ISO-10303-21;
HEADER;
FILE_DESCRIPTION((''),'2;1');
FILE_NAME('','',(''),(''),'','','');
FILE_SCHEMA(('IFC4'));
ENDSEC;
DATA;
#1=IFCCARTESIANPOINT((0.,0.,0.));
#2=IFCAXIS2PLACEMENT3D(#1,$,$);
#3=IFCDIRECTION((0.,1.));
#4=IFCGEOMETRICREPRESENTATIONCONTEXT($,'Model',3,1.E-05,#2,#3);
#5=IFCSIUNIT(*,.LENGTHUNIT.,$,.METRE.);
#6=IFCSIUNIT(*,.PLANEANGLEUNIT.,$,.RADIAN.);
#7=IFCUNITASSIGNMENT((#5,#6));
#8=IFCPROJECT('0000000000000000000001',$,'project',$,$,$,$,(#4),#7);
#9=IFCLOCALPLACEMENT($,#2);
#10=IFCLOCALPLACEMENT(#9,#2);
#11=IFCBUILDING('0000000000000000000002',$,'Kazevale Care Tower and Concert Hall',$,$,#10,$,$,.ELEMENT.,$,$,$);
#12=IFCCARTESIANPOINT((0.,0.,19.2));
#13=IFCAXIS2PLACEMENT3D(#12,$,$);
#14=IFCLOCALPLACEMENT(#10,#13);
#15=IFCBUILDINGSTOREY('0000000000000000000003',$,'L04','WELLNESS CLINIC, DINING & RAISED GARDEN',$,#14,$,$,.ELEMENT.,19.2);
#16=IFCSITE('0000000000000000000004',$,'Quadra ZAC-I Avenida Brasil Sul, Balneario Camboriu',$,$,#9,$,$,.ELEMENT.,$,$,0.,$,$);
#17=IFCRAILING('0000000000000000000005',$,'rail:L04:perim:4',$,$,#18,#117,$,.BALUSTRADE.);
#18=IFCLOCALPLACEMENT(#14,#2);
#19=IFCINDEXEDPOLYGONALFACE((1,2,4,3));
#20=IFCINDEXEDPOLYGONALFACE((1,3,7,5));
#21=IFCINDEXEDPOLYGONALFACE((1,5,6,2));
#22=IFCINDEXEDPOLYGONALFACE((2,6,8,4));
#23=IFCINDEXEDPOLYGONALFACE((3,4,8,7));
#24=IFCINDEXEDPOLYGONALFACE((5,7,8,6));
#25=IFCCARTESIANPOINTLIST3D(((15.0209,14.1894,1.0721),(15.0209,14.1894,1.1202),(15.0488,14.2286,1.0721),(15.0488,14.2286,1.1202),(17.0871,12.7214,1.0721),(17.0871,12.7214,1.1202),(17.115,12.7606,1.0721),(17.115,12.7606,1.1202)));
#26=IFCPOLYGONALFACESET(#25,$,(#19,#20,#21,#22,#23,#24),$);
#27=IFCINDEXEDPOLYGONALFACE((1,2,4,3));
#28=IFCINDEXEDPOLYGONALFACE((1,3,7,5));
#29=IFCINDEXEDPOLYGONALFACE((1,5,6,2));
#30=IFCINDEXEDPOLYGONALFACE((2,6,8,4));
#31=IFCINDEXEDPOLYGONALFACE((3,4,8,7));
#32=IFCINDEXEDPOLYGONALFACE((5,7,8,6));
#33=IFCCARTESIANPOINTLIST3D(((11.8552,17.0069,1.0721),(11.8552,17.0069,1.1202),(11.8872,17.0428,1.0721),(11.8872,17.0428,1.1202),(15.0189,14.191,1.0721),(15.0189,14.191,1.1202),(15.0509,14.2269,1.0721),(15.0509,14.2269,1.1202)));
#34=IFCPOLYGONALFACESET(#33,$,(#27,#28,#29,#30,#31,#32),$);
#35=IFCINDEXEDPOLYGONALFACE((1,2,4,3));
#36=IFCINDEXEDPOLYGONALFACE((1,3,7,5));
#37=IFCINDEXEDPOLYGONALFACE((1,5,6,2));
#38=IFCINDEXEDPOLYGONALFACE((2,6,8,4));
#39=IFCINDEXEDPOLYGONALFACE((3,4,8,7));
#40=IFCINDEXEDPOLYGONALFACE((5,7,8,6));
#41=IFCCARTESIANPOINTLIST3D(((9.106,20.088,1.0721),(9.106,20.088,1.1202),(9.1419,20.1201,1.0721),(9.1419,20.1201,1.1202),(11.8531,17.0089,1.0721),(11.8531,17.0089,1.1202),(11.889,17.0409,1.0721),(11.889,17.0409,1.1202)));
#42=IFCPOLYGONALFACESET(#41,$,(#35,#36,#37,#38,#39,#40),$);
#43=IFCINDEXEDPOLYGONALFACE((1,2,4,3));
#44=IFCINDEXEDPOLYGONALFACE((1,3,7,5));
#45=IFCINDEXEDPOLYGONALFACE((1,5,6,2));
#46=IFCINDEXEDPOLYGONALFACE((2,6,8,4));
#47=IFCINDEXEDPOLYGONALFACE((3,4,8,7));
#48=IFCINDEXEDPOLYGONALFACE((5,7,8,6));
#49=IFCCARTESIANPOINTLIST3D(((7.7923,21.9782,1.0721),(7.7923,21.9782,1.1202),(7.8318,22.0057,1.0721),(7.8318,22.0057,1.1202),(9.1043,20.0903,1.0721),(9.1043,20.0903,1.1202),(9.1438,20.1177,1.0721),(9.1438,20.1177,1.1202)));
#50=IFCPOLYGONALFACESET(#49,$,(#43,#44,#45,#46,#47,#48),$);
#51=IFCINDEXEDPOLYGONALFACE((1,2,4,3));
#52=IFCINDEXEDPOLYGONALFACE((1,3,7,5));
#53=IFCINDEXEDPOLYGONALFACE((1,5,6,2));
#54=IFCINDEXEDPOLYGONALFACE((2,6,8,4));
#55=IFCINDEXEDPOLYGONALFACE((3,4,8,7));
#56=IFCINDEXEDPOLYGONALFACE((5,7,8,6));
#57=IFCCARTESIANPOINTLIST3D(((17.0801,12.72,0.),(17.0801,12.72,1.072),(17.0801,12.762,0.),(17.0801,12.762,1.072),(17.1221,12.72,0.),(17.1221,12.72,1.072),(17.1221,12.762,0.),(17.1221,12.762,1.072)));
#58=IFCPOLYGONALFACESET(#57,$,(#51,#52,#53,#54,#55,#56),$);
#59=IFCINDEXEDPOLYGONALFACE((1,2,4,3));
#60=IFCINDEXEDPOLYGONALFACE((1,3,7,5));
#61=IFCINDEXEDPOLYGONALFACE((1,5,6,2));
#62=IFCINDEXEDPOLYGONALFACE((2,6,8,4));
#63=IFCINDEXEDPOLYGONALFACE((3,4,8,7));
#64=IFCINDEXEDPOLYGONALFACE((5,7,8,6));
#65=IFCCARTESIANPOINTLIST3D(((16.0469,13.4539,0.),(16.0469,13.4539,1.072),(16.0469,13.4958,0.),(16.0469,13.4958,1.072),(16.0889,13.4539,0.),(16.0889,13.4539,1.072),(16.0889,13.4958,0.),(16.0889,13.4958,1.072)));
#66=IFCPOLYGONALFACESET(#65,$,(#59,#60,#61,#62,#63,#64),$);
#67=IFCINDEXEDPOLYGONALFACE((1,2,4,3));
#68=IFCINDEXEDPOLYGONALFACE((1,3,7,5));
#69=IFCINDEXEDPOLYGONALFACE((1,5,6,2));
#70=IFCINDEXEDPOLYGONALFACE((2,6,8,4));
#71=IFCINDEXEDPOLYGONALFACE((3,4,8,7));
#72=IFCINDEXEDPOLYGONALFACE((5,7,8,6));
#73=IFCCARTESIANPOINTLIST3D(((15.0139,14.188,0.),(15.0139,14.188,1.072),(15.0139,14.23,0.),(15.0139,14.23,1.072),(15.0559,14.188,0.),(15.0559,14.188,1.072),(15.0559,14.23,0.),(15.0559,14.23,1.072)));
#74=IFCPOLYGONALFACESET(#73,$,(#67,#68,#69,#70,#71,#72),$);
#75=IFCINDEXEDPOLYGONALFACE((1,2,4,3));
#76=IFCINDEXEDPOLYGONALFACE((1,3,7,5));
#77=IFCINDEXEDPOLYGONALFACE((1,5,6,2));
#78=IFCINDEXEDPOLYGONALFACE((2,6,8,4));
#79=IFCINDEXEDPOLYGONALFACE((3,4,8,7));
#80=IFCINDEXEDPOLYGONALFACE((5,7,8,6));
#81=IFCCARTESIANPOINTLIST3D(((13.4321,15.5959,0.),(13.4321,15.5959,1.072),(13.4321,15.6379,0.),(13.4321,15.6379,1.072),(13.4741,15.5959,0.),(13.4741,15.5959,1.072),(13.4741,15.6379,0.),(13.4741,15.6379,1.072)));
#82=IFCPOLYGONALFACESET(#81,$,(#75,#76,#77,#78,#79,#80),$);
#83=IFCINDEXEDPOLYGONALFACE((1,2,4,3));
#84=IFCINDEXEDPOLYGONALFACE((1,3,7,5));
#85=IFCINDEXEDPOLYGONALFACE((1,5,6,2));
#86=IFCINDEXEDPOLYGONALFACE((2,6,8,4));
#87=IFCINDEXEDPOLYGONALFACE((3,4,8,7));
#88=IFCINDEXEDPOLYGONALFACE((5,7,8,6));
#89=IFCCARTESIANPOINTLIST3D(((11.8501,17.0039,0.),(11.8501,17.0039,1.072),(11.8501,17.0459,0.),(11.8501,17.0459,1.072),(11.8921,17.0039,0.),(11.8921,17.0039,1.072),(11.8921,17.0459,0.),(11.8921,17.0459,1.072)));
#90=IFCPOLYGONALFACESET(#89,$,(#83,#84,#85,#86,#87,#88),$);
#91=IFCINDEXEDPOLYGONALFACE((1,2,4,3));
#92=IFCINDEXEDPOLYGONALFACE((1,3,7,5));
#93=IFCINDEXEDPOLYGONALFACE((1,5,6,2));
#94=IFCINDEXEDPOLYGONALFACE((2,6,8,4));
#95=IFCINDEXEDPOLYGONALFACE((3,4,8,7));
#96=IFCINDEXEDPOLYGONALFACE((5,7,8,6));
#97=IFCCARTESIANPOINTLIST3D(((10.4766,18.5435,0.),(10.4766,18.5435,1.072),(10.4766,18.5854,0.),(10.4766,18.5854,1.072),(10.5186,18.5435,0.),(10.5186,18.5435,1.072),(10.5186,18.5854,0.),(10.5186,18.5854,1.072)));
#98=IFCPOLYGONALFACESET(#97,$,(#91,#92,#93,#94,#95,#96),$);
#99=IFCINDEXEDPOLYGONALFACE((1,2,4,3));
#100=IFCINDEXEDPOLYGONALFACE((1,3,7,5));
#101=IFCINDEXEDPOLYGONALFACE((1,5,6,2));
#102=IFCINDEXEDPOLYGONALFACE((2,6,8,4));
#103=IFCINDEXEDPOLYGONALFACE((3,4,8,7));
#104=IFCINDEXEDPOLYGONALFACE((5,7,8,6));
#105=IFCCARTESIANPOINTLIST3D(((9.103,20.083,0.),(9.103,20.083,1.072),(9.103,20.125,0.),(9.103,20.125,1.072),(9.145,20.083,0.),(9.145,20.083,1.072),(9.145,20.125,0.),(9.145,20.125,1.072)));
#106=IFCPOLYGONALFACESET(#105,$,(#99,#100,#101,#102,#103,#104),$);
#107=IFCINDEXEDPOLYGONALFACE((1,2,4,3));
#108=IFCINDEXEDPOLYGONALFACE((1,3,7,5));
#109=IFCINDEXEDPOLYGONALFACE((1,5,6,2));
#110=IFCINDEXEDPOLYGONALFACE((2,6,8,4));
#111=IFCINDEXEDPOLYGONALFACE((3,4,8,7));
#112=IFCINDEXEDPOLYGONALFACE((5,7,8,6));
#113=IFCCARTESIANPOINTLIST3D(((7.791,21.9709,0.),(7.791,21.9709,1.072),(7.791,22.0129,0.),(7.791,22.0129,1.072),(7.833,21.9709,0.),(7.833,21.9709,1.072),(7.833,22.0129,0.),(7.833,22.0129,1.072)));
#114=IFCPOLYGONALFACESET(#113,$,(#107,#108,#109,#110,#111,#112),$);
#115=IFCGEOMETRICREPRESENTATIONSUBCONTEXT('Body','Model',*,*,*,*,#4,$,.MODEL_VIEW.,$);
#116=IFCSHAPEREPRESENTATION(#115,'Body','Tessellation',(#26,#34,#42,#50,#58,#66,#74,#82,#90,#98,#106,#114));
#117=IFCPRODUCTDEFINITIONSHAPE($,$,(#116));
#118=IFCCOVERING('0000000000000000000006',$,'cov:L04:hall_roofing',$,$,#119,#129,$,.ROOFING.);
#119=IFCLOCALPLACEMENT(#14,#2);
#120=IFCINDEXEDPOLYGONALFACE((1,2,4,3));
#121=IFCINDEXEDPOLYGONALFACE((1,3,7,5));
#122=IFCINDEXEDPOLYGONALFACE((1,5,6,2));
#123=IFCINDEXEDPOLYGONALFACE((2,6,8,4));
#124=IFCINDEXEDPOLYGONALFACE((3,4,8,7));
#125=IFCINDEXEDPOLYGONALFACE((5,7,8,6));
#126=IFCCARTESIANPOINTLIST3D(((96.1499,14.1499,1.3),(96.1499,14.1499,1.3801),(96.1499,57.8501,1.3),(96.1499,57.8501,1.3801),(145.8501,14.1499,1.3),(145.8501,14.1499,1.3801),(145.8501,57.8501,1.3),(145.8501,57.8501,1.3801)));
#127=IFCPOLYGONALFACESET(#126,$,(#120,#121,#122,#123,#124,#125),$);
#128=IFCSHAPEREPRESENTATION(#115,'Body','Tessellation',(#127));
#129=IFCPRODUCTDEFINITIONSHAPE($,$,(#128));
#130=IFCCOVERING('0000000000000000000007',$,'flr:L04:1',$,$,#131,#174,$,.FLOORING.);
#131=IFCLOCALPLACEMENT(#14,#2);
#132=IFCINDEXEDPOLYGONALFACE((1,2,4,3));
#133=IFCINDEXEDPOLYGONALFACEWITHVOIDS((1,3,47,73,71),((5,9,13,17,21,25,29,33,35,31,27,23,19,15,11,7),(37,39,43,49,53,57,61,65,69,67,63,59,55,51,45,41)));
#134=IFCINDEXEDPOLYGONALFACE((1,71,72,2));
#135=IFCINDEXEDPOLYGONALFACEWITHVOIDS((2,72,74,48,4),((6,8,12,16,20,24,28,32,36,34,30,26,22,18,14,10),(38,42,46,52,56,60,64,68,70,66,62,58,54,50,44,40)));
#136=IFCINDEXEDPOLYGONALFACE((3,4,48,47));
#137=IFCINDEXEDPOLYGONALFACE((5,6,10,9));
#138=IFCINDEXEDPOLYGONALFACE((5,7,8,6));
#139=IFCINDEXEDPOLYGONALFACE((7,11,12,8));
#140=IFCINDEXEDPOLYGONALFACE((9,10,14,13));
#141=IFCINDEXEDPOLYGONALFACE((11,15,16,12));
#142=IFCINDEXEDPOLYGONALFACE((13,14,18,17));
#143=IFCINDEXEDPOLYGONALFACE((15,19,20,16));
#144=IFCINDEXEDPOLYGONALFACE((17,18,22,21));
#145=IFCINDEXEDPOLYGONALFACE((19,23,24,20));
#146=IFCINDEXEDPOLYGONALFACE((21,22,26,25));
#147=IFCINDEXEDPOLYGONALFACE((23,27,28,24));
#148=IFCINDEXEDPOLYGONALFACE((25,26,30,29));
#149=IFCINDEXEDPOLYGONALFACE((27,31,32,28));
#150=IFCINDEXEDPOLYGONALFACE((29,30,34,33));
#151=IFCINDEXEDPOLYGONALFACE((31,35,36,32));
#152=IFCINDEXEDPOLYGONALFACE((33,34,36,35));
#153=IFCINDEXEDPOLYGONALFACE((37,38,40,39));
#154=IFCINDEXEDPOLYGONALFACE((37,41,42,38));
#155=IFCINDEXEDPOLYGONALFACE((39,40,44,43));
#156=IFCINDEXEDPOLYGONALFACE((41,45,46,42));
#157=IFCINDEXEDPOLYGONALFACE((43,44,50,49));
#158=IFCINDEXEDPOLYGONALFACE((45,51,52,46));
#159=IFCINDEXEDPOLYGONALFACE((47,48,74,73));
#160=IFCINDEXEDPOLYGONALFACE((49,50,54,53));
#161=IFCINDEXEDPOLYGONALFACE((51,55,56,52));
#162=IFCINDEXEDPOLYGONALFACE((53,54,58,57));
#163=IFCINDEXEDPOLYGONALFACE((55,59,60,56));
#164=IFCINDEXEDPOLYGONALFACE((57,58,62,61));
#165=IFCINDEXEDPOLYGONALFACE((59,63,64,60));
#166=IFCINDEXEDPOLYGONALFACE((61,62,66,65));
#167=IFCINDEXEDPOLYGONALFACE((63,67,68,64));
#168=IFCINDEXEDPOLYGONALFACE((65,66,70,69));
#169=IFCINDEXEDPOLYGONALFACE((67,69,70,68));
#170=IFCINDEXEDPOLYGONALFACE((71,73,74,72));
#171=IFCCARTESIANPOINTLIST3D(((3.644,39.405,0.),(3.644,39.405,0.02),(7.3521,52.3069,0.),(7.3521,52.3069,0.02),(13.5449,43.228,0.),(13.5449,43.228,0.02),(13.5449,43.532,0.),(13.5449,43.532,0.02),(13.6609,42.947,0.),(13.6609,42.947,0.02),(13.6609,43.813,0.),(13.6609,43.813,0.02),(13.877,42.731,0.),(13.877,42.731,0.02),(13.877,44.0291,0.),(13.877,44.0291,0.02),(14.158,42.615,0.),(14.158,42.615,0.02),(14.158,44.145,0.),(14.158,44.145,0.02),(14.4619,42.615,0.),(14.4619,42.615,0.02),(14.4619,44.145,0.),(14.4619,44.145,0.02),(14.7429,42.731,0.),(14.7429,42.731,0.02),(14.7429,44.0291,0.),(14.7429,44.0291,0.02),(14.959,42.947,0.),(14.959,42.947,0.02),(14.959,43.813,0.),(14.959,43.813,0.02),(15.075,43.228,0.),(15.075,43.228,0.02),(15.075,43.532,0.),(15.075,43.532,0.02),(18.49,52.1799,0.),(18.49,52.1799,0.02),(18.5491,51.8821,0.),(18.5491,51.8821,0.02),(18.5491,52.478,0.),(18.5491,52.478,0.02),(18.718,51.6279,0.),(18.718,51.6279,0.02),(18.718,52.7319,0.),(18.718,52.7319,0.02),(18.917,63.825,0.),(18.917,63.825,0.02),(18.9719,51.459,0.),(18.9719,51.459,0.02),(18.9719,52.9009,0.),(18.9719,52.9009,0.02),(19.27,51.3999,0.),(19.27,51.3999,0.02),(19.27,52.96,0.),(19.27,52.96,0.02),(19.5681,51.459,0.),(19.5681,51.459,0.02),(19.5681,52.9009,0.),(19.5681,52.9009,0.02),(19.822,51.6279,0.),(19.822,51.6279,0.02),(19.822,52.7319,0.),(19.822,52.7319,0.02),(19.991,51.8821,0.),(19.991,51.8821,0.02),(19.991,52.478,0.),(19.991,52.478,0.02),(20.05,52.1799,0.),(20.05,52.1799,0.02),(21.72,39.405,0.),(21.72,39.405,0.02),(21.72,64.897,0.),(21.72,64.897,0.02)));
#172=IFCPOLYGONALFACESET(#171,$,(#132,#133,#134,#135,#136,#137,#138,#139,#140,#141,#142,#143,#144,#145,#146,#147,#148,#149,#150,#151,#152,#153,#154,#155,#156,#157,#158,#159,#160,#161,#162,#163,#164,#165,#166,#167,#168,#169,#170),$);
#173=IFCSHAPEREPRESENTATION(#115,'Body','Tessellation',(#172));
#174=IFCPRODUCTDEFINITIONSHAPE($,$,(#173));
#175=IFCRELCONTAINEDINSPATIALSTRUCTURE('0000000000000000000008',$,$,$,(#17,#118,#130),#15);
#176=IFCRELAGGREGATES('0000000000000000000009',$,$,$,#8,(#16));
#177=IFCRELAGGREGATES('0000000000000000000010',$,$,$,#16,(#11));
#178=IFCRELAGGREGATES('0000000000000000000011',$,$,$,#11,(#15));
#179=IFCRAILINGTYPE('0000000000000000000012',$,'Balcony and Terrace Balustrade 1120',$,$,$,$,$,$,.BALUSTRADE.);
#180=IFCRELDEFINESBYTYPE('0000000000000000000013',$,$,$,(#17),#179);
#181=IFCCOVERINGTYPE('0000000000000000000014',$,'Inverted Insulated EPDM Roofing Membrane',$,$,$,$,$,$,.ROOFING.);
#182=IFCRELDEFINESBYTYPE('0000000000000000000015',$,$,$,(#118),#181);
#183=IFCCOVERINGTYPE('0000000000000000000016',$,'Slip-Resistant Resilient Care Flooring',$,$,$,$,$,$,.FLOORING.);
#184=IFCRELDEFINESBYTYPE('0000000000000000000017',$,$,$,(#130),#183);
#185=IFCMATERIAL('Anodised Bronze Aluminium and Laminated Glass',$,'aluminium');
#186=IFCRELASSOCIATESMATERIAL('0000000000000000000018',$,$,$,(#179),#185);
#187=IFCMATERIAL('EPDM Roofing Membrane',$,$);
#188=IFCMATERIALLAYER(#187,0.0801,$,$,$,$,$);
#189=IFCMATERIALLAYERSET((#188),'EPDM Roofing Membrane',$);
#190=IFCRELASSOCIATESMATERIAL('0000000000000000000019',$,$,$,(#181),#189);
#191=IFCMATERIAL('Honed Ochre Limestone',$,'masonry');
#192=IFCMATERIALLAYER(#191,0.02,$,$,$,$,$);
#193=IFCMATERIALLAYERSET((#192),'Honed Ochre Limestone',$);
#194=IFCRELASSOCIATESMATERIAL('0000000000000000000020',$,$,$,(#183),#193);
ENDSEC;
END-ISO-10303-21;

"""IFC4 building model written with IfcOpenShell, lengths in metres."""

from ifc_helpers import new_model, si_unit, direction, frame, origin, origin_2d, place, context, subcontext, project, spatial, polyline, rectangle, outline, extrude, material, layer, layer_set, type_object, element, save


model = new_model("IFC4")

# Units and contexts
model_context = context("Model", 3, precision=1e-05, world=origin(), true_north=direction((0.0, 1.0)))
body_context = subcontext(model_context, "Body", "Model", "MODEL_VIEW")
ifc_project = project(units=[si_unit("LENGTHUNIT", "METRE"), si_unit("PLANEANGLEUNIT", "RADIAN")], contexts=[model_context])

# Site, building, storey
site_placement = place(None, origin())
site = spatial("IfcSite", under=ifc_project, at=site_placement, Name="Quadra ZAC-I Avenida Brasil Sul, Balneario Camboriu", CompositionType="ELEMENT", RefElevation=0.0)
building_placement = place(site_placement, origin())
building = spatial("IfcBuilding", under=site, at=building_placement, Name="Kazevale Care Tower and Concert Hall", CompositionType="ELEMENT")
storey_placement = place(building_placement, frame((0.0, 0.0, 19.2)))
storey = spatial("IfcBuildingStorey", under=building, at=storey_placement, Name="L04", Description="WELLNESS CLINIC, DINING & RAISED GARDEN", CompositionType="ELEMENT", Elevation=19.2)

# Railing
ifc_material_1 = material(Name="Anodised Bronze Aluminium and Laminated Glass", Category="aluminium")
railing_type = type_object("IfcRailingType", Name="Balcony and Terrace Balustrade 1120", PredefinedType="BALUSTRADE", material=ifc_material_1)
railing_placement = place(storey_placement, frame((17.1011, 12.741, 0.0)))
element("IfcRailing", 1, at=railing_placement, inside=storey, type_object=railing_type, Name="rail:L04:perim:4", PredefinedType="BALUSTRADE", context=body_context, shape_type="SweptSolid", body=[
    extrude(rectangle(XDim=0.0481, YDim=0.0481, at=origin_2d()), frame((0.0, 0.0, 1.0962), z_axis=(-0.815189, 0.579195, 0.0), x_axis=(-0.579195, -0.815189, 0.0)), (0.0, 0.0, 1.0), 2.5347),
    extrude(rectangle(XDim=0.0481, YDim=0.0481, at=origin_2d()), frame((-2.0662, 1.468, 1.0962), z_axis=(-0.746983, 0.664843, 0.0), x_axis=(-0.664843, -0.746983, 0.0)), (0.0, 0.0, 1.0), 4.2354),
    extrude(rectangle(XDim=0.0481, YDim=0.0481, at=origin_2d()), frame((-5.23, 4.2839, 1.0962), z_axis=(-0.665729, 0.746194, 0.0), x_axis=(-0.746194, -0.665729, 0.0)), (0.0, 0.0, 1.0), 4.1265),
    extrude(rectangle(XDim=0.0481, YDim=0.0481, at=origin_2d()), frame((-7.9771, 7.363, 1.0962), z_axis=(-0.570672, 0.821178, 0.0), x_axis=(-0.821178, -0.570672, 0.0)), (0.0, 0.0, 1.0), 2.2991),
    extrude(rectangle(XDim=0.042, YDim=0.042, at=origin_2d()), origin(), (0.0, 0.0, 1.0), 1.072),
    extrude(rectangle(XDim=0.042, YDim=0.042, at=origin_2d()), frame((-1.0332, 0.7339, 0.0)), (0.0, 0.0, 1.0), 1.072),
    extrude(rectangle(XDim=0.042, YDim=0.042, at=origin_2d()), frame((-2.0662, 1.468, 0.0)), (0.0, 0.0, 1.0), 1.072),
    extrude(rectangle(XDim=0.042, YDim=0.042, at=origin_2d()), frame((-3.6479, 2.876, 0.0)), (0.0, 0.0, 1.0), 1.072),
    extrude(rectangle(XDim=0.042, YDim=0.042, at=origin_2d()), frame((-5.23, 4.2839, 0.0)), (0.0, 0.0, 1.0), 1.072),
    extrude(rectangle(XDim=0.042, YDim=0.042, at=origin_2d()), frame((-6.6035, 5.8235, 0.0)), (0.0, 0.0, 1.0), 1.072),
    extrude(rectangle(XDim=0.042, YDim=0.042, at=origin_2d()), frame((-7.9771, 7.363, 0.0)), (0.0, 0.0, 1.0), 1.072),
    extrude(rectangle(XDim=0.042, YDim=0.042, at=origin_2d()), frame((-9.2891, 9.251, 0.0)), (0.0, 0.0, 1.0), 1.072),
])

# Coverings
ifc_material_2 = material(Name="EPDM Roofing Membrane")
ifc_layer_1 = layer(ifc_material_2, 0.0801)
ifc_layer_set_1 = layer_set([ifc_layer_1], Name="EPDM Roofing Membrane")
covering_type_1 = type_object("IfcCoveringType", Name="Inverted Insulated EPDM Roofing Membrane", PredefinedType="ROOFING", material=ifc_layer_set_1)
covering_1_placement = place(storey_placement, frame((0.0, 0.0, 1.3)))
element("IfcCovering", 2, at=covering_1_placement, inside=storey, type_object=covering_type_1, Name="cov:L04:hall_roofing", PredefinedType="ROOFING", context=body_context, shape_type="SweptSolid", body=[
    extrude(outline(polyline([(96.1499, 14.1499), (145.8501, 14.1499), (145.8501, 57.8501), (96.1499, 57.8501), (96.1499, 14.1499)])), origin(), (0.0, 0.0, 1.0), 0.0801),
])
ifc_material_3 = material(Name="Honed Ochre Limestone", Category="masonry")
ifc_layer_2 = layer(ifc_material_3, 0.02)
ifc_layer_set_2 = layer_set([ifc_layer_2], Name="Honed Ochre Limestone")
covering_type_2 = type_object("IfcCoveringType", Name="Slip-Resistant Resilient Care Flooring", PredefinedType="FLOORING", material=ifc_layer_set_2)
covering_2_placement = place(storey_placement, origin())
element("IfcCovering", 3, at=covering_2_placement, inside=storey, type_object=covering_type_2, Name="flr:L04:1", PredefinedType="FLOORING", context=body_context, shape_type="SweptSolid", body=[
    extrude(outline(polyline([(21.72, 39.405), (3.644, 39.405), (7.3521, 52.3069), (18.917, 63.825), (21.72, 64.897), (21.72, 39.405)]), holes=[polyline([(19.991, 52.478), (19.822, 52.7319), (19.5681, 52.9009), (19.27, 52.96), (18.9719, 52.9009), (18.718, 52.7319), (18.5491, 52.478), (18.49, 52.1799), (18.5491, 51.8821), (18.718, 51.6279), (18.9719, 51.459), (19.27, 51.3999), (19.5681, 51.459), (19.822, 51.6279), (19.991, 51.8821), (20.05, 52.1799), (19.991, 52.478)]), polyline([(15.075, 43.532), (14.959, 43.813), (14.7429, 44.0291), (14.4619, 44.145), (14.158, 44.145), (13.877, 44.0291), (13.6609, 43.813), (13.5449, 43.532), (13.5449, 43.228), (13.6609, 42.947), (13.877, 42.731), (14.158, 42.615), (14.4619, 42.615), (14.7429, 42.731), (14.959, 42.947), (15.075, 43.228), (15.075, 43.532)])]), origin(), (0.0, 0.0, 1.0), 0.02),
])

save(model, "model.ifc")
